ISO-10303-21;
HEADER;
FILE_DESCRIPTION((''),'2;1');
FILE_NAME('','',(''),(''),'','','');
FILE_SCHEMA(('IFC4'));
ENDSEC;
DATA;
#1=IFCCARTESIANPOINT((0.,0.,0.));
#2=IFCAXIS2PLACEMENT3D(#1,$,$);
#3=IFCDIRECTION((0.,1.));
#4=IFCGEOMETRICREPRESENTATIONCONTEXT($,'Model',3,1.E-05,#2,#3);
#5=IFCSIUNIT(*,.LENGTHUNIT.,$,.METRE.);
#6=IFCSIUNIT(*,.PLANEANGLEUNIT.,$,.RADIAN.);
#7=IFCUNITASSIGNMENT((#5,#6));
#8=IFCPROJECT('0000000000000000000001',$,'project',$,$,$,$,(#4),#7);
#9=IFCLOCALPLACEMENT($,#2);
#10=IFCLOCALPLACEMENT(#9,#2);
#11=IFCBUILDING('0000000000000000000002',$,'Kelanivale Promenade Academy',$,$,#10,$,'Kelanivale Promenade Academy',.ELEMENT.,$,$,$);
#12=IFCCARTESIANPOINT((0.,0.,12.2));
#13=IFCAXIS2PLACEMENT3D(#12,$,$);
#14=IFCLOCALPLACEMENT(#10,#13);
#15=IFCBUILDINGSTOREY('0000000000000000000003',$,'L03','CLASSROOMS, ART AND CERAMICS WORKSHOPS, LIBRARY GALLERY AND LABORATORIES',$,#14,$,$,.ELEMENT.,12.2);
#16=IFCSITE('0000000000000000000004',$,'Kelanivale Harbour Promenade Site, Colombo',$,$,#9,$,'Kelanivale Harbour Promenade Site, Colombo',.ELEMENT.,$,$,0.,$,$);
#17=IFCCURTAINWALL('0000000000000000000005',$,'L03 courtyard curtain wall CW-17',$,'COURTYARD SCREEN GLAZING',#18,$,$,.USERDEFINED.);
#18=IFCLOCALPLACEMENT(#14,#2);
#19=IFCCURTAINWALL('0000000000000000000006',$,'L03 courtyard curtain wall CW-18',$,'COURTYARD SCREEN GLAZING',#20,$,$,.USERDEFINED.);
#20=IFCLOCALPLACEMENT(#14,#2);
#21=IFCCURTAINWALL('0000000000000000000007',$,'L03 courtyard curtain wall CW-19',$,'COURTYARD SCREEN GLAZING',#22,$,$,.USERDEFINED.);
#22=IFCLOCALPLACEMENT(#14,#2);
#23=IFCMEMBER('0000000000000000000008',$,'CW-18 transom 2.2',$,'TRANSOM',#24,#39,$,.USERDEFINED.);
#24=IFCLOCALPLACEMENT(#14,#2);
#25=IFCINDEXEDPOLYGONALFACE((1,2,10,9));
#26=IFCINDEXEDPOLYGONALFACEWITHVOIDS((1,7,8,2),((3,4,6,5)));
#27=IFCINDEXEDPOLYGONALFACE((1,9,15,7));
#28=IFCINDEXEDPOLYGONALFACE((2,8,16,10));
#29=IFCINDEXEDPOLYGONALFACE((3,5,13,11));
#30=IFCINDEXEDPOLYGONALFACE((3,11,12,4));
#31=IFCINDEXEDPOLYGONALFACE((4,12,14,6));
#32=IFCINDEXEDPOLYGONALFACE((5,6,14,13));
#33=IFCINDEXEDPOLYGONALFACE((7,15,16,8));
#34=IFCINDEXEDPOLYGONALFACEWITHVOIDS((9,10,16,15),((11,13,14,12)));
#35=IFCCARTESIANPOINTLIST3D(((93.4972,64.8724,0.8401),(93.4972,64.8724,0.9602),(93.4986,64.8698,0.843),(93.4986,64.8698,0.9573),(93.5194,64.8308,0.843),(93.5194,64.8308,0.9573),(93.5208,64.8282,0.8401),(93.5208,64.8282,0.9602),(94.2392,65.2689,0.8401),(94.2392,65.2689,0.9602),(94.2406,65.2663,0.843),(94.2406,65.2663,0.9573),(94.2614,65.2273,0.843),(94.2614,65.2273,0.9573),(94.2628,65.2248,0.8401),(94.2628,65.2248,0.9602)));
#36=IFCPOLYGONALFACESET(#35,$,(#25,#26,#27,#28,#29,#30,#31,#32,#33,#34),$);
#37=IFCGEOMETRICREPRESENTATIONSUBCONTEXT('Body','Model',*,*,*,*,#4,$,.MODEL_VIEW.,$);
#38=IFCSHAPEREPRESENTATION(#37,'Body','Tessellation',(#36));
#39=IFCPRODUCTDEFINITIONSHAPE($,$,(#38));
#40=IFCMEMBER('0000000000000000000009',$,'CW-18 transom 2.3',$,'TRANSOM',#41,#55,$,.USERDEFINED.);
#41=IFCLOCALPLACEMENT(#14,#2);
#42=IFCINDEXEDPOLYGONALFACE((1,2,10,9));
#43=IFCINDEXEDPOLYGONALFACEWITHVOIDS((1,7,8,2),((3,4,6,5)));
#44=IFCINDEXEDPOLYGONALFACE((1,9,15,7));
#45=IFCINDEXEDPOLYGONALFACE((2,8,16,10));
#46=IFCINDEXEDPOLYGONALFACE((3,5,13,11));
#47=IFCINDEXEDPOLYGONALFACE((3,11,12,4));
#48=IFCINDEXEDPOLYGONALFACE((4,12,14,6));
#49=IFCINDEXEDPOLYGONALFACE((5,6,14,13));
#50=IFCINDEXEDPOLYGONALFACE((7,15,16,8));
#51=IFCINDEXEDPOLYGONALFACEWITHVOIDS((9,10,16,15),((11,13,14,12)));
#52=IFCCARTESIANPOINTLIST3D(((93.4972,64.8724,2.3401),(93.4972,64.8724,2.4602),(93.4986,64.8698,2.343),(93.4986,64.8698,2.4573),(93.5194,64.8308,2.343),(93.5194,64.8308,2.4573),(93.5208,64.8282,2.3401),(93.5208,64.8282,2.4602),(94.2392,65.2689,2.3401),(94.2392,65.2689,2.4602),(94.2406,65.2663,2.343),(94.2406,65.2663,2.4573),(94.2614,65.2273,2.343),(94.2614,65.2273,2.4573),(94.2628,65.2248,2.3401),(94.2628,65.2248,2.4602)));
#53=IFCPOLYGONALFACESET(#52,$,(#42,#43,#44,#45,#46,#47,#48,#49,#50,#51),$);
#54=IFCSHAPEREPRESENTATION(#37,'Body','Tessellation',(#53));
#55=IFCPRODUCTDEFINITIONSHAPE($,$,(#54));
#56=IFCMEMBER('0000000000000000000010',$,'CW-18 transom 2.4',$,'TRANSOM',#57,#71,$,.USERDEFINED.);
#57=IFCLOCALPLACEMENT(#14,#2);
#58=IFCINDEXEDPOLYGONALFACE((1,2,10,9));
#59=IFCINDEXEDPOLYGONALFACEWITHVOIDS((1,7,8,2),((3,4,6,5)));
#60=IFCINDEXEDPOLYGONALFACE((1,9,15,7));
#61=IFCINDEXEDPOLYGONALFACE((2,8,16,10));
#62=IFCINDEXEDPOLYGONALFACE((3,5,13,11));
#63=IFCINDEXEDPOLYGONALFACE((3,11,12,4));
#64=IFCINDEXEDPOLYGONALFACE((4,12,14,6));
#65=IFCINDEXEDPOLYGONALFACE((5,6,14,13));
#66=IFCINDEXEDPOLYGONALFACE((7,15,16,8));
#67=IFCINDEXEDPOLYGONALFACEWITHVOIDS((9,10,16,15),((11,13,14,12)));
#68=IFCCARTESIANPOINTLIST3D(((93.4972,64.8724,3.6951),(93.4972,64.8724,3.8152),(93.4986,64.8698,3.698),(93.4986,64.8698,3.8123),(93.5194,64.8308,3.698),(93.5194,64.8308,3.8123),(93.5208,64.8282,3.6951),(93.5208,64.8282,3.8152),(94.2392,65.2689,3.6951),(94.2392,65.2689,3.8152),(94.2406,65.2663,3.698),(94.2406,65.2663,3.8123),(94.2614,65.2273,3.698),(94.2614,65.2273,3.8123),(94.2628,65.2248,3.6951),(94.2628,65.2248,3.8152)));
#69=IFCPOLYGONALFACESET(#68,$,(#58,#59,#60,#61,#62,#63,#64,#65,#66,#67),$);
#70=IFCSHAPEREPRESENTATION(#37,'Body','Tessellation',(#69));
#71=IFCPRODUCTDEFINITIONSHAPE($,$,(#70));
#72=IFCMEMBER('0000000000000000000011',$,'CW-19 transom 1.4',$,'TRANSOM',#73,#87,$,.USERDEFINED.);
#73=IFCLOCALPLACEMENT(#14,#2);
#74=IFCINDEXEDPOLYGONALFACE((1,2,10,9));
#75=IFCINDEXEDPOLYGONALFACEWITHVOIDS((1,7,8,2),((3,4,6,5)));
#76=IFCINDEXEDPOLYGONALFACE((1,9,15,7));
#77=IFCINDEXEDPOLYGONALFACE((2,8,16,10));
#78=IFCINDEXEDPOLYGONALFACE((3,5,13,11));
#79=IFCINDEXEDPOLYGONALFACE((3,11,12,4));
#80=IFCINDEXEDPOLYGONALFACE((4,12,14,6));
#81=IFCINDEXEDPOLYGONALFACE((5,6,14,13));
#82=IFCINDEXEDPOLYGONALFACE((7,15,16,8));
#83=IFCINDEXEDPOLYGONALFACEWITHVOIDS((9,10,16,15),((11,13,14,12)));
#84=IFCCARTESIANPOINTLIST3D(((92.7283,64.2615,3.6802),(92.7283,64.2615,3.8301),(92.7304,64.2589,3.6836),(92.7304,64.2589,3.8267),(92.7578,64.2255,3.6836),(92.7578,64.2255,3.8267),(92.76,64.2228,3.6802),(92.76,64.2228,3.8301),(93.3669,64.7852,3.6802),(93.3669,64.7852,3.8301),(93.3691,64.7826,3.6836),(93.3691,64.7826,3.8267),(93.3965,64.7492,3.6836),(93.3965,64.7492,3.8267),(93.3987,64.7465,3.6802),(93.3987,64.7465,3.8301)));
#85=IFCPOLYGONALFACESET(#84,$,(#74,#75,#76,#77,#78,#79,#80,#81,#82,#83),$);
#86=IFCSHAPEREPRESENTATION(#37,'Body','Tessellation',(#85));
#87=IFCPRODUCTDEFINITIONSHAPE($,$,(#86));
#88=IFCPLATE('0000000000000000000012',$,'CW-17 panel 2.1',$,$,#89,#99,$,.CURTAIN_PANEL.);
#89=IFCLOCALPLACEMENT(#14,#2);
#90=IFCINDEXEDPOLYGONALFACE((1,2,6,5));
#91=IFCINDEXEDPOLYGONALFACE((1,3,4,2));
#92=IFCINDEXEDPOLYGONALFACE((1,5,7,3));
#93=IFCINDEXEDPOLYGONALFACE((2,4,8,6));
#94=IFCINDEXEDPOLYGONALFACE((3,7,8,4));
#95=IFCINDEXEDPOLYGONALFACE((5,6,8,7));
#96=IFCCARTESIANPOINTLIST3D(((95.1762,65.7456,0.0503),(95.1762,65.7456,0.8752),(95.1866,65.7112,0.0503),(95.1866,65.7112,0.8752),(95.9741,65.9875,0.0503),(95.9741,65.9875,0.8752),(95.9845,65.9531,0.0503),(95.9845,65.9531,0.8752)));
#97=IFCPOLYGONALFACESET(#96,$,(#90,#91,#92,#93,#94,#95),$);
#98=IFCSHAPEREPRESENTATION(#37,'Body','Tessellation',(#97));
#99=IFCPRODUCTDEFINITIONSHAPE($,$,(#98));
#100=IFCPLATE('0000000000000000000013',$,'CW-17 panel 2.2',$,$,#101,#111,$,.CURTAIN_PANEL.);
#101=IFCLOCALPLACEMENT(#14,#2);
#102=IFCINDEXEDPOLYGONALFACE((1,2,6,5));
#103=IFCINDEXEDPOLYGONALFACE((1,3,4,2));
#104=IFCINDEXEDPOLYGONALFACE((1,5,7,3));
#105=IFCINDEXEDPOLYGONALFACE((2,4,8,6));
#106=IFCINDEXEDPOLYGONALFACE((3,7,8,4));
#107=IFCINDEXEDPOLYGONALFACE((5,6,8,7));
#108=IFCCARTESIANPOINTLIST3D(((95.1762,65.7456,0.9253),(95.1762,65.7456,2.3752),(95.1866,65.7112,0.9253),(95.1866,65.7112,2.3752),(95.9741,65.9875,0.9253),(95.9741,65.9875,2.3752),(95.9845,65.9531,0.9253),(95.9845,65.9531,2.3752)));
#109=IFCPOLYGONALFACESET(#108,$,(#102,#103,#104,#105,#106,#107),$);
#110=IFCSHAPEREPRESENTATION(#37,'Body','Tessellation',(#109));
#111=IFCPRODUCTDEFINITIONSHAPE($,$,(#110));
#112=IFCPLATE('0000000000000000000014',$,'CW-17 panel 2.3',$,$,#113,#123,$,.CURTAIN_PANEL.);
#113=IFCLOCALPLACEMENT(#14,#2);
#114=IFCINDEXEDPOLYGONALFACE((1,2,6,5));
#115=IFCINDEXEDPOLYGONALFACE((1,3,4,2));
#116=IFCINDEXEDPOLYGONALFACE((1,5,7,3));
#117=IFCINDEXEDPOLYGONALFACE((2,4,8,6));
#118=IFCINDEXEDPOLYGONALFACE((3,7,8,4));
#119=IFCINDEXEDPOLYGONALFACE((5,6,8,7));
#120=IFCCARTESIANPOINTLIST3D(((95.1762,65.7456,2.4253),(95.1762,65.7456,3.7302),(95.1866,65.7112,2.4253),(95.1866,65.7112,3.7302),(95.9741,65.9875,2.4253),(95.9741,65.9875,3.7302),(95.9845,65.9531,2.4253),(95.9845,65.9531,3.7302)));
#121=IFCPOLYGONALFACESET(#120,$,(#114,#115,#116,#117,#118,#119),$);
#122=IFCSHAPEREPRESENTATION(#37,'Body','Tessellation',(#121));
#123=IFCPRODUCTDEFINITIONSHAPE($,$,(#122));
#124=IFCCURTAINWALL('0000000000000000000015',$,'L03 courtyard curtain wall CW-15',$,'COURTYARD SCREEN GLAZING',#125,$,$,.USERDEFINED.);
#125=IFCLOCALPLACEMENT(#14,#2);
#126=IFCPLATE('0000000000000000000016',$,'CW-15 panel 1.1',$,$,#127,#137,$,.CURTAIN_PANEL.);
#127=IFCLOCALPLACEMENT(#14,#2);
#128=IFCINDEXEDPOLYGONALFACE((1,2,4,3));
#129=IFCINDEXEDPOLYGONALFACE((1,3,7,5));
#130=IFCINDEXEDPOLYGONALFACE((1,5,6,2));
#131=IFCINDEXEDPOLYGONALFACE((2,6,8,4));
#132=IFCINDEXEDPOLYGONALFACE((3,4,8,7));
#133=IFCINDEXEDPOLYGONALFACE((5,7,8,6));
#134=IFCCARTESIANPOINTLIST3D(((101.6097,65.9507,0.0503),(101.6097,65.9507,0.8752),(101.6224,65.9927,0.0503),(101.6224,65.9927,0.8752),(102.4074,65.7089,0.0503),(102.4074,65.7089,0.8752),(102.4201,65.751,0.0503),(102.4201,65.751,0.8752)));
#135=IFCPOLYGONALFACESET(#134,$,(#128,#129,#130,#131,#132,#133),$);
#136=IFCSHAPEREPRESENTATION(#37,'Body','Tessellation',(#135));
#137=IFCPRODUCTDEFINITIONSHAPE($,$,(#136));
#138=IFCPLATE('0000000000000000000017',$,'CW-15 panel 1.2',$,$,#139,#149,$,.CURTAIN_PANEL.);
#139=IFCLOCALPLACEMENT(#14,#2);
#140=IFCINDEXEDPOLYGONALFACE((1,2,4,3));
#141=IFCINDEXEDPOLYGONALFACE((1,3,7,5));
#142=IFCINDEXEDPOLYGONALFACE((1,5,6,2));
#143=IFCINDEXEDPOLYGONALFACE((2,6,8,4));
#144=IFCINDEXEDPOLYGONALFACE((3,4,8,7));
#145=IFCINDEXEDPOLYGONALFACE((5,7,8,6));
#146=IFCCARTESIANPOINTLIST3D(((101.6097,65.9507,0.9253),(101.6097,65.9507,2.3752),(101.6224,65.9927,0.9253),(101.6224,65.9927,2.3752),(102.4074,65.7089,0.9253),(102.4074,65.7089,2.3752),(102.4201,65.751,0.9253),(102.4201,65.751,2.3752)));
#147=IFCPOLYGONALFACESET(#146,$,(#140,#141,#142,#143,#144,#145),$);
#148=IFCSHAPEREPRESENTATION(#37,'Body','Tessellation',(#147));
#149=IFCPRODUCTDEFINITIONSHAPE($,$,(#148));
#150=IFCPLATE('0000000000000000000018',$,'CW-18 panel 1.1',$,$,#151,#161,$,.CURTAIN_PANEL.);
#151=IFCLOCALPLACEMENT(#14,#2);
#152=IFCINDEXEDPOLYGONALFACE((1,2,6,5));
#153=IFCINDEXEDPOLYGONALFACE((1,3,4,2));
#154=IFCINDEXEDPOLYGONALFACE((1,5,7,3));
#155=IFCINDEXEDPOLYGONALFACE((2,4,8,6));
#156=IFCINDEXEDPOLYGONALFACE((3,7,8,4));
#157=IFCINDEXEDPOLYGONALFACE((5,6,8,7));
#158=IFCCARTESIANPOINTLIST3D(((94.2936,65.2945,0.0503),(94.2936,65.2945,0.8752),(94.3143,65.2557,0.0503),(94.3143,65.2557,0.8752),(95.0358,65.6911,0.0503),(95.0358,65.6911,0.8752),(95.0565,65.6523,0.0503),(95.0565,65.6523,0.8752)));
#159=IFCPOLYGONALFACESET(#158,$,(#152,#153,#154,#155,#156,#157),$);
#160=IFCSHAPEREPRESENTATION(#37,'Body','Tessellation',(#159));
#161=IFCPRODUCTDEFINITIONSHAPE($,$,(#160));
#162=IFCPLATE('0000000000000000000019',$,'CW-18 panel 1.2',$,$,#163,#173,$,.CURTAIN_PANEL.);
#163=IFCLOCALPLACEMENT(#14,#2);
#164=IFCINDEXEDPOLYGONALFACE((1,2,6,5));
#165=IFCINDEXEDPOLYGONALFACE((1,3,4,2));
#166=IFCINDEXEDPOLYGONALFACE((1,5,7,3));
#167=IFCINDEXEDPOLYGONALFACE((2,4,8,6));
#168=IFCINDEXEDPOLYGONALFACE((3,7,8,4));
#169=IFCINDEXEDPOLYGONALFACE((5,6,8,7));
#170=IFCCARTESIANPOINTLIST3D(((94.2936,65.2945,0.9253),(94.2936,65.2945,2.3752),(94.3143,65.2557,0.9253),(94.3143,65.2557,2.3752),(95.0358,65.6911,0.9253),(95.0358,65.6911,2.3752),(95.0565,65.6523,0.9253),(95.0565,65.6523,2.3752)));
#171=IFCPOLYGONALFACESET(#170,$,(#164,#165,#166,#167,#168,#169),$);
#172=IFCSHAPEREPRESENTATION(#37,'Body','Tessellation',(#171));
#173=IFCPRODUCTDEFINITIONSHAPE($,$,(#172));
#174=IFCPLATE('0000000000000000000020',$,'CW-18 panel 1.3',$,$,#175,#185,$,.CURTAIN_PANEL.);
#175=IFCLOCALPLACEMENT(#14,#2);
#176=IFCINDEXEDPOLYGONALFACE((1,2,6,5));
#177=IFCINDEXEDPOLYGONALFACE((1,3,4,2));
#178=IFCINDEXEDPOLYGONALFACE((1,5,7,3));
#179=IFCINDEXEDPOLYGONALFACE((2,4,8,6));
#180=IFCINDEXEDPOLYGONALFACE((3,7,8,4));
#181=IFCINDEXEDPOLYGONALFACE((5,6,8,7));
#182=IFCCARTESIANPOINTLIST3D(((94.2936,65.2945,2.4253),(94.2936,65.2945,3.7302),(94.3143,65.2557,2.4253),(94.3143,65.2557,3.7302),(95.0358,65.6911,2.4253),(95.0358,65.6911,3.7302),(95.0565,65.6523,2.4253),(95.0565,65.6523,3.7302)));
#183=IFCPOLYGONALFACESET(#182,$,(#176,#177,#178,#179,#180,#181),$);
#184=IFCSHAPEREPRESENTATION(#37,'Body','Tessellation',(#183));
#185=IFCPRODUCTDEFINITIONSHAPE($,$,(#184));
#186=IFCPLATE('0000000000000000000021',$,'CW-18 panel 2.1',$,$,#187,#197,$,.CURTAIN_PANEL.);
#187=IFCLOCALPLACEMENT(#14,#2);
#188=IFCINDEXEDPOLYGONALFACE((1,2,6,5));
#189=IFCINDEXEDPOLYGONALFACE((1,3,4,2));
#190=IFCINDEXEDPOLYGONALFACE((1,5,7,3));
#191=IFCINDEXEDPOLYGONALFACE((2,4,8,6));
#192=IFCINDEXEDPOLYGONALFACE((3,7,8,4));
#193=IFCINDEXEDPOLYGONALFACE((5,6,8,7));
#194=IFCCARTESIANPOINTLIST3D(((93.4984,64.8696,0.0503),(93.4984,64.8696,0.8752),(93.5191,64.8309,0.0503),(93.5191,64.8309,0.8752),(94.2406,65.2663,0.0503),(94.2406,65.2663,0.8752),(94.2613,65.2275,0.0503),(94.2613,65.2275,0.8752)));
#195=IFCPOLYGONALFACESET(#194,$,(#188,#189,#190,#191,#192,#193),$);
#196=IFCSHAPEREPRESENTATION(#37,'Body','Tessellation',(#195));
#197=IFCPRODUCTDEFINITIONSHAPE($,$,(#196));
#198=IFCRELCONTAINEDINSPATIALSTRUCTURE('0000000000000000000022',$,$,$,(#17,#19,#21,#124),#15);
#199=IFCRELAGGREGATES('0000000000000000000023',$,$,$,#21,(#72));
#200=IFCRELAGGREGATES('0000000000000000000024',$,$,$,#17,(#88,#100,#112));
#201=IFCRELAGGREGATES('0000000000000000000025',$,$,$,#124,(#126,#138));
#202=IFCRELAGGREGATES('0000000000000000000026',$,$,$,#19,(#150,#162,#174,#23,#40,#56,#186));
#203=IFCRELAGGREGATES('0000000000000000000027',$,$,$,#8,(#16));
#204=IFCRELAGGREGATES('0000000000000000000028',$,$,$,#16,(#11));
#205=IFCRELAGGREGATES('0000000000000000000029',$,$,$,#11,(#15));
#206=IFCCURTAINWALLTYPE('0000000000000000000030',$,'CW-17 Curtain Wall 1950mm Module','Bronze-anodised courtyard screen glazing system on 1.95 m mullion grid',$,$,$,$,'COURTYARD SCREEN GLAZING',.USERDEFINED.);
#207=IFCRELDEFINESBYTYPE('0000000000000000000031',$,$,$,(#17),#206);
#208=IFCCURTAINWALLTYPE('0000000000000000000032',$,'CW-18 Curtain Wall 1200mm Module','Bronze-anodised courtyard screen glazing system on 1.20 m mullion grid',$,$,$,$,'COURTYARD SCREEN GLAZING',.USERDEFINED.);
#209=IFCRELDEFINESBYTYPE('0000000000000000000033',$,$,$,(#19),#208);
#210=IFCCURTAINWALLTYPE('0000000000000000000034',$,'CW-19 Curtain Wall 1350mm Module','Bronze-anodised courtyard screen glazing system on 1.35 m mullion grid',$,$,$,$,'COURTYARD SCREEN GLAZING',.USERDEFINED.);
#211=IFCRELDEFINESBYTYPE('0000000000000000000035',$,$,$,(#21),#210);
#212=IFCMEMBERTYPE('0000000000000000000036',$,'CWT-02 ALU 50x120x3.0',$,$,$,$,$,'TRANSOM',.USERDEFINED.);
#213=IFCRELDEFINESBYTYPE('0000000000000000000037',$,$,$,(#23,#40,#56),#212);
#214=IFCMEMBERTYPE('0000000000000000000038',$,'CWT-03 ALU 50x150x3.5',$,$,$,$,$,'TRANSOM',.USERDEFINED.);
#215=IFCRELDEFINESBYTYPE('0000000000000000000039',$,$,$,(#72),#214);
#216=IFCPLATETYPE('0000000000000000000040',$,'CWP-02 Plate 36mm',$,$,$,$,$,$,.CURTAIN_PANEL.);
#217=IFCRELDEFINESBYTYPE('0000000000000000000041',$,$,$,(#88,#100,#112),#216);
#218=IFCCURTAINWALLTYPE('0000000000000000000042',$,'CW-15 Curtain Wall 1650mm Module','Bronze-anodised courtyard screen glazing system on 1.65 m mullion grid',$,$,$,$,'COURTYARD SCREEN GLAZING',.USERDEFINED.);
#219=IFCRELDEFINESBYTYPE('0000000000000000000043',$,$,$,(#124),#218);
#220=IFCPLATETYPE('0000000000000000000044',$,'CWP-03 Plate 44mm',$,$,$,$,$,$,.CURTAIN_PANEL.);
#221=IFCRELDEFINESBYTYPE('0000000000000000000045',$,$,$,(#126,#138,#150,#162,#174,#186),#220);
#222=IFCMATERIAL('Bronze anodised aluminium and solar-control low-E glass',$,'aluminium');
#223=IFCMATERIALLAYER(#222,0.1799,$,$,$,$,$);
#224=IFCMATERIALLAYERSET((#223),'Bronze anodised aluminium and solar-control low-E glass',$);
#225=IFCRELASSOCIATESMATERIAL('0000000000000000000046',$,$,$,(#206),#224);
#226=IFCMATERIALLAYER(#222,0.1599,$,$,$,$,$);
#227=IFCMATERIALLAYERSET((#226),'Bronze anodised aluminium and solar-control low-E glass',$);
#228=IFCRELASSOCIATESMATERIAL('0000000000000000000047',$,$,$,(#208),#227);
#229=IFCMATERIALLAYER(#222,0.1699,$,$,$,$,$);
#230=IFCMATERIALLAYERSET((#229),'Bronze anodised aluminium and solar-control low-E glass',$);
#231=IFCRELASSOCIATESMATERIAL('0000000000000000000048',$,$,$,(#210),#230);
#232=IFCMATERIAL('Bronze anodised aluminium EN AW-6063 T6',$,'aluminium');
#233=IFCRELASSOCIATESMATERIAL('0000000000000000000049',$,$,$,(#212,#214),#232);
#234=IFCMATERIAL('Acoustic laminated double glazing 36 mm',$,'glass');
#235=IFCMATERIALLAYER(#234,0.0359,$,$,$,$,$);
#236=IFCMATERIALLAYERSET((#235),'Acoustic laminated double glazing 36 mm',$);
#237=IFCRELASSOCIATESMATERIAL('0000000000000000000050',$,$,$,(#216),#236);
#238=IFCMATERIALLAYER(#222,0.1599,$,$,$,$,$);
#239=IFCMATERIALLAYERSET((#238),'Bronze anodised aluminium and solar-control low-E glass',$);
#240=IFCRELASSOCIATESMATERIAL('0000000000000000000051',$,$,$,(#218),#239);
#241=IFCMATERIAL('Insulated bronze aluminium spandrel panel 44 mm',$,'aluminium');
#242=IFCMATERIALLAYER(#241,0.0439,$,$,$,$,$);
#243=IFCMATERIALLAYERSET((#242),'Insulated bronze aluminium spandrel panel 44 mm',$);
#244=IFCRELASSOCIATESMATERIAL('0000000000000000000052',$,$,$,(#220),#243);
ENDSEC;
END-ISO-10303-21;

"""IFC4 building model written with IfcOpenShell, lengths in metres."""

from ifc_helpers import new_model, si_unit, direction, frame, origin, origin_2d, place, context, subcontext, project, spatial, rectangle, hollow_rectangle, extrude, material, layer, layer_set, material_profile, profile_set, type_object, element, aggregate, save


model = new_model("IFC4")

# Units and contexts
model_context = context("Model", 3, precision=1e-05, world=origin(), true_north=direction((0.0, 1.0)))
body_context = subcontext(model_context, "Body", "Model", "MODEL_VIEW")
ifc_project = project(units=[si_unit("LENGTHUNIT", "METRE"), si_unit("PLANEANGLEUNIT", "RADIAN")], contexts=[model_context])

# Site, building, storey
site_placement = place(None, origin())
site = spatial("IfcSite", under=ifc_project, at=site_placement, Name="Kelanivale Harbour Promenade Site, Colombo", LongName="Kelanivale Harbour Promenade Site, Colombo", CompositionType="ELEMENT", RefElevation=0.0)
building_placement = place(site_placement, origin())
building = spatial("IfcBuilding", under=site, at=building_placement, Name="Kelanivale Promenade Academy", LongName="Kelanivale Promenade Academy", CompositionType="ELEMENT")
storey_placement = place(building_placement, frame((0.0, 0.0, 12.2)))
storey = spatial("IfcBuildingStorey", under=building, at=storey_placement, Name="L03", Description="CLASSROOMS, ART AND CERAMICS WORKSHOPS, LIBRARY GALLERY AND LABORATORIES", CompositionType="ELEMENT", Elevation=12.2)

# Curtain wall
ifc_material_1 = material(Name="Bronze anodised aluminium and solar-control low-E glass", Category="aluminium")
ifc_layer_1 = layer(ifc_material_1, 0.1799)
ifc_layer_set_1 = layer_set([ifc_layer_1], Name="Bronze anodised aluminium and solar-control low-E glass")
curtain_wall_type_1 = type_object("IfcCurtainWallType", Name="CW-17 Curtain Wall 1950mm Module", Description="Bronze-anodised courtyard screen glazing system on 1.95 m mullion grid", ElementType="COURTYARD SCREEN GLAZING", PredefinedType="USERDEFINED", material=ifc_layer_set_1)
curtain_wall_1_placement = place(storey_placement, origin())
curtain_wall_1 = element("IfcCurtainWall", 1, at=curtain_wall_1_placement, inside=storey, type_object=curtain_wall_type_1, Name="L03 courtyard curtain wall CW-17", ObjectType="COURTYARD SCREEN GLAZING", PredefinedType="USERDEFINED")
ifc_material_2 = material(Name="Bronze anodised aluminium EN AW-6063 T6", Category="aluminium")

# Curtain wall
ifc_layer_2 = layer(ifc_material_1, 0.1599)
ifc_layer_set_2 = layer_set([ifc_layer_2], Name="Bronze anodised aluminium and solar-control low-E glass")
curtain_wall_type_2 = type_object("IfcCurtainWallType", Name="CW-18 Curtain Wall 1200mm Module", Description="Bronze-anodised courtyard screen glazing system on 1.20 m mullion grid", ElementType="COURTYARD SCREEN GLAZING", PredefinedType="USERDEFINED", material=ifc_layer_set_2)
curtain_wall_2_placement = place(storey_placement, origin())
curtain_wall_2 = element("IfcCurtainWall", 2, at=curtain_wall_2_placement, inside=storey, type_object=curtain_wall_type_2, Name="L03 courtyard curtain wall CW-18", ObjectType="COURTYARD SCREEN GLAZING", PredefinedType="USERDEFINED")

# Curtain wall
ifc_layer_3 = layer(ifc_material_1, 0.1699)
ifc_layer_set_3 = layer_set([ifc_layer_3], Name="Bronze anodised aluminium and solar-control low-E glass")
curtain_wall_type_3 = type_object("IfcCurtainWallType", Name="CW-19 Curtain Wall 1350mm Module", Description="Bronze-anodised courtyard screen glazing system on 1.35 m mullion grid", ElementType="COURTYARD SCREEN GLAZING", PredefinedType="USERDEFINED", material=ifc_layer_set_3)
curtain_wall_3_placement = place(storey_placement, origin())
curtain_wall_3 = element("IfcCurtainWall", 3, at=curtain_wall_3_placement, inside=storey, type_object=curtain_wall_type_3, Name="L03 courtyard curtain wall CW-19", ObjectType="COURTYARD SCREEN GLAZING", PredefinedType="USERDEFINED")

# Members
ifc_material_profile_1 = material_profile(ifc_material_2, hollow_rectangle(XDim=0.05, YDim=0.1201, WallThickness=0.0029, at=origin_2d()), Name="ALU 50x120x3.0")
ifc_profile_set_1 = profile_set([ifc_material_profile_1], Name="Bronze anodised aluminium EN AW-6063 T6")
member_type_1 = type_object("IfcMemberType", Name="CWT-02 ALU 50x120x3.0", ElementType="TRANSOM", PredefinedType="USERDEFINED", material=ifc_profile_set_1)
member_1_placement = place(storey_placement, frame((94.251, 65.2468, 0.9001), z_axis=(-0.881967, -0.471311, 0.0), x_axis=(0.471311, -0.881967, 0.0)))
member_1 = element("IfcMember", 4, at=member_1_placement, type_object=member_type_1, Name="CW-18 transom 2.2", ObjectType="TRANSOM", PredefinedType="USERDEFINED", context=body_context, shape_type="SweptSolid", body=[
    extrude(hollow_rectangle(XDim=0.05, YDim=0.1201, WallThickness=0.0029, at=origin_2d()), origin(), (0.0, 0.0, 1.0), 0.8413),
])
member_2_placement = place(storey_placement, frame((94.251, 65.2468, 2.4001), z_axis=(-0.881967, -0.471311, 0.0), x_axis=(0.471311, -0.881967, 0.0)))
member_2 = element("IfcMember", 5, at=member_2_placement, type_object=member_type_1, Name="CW-18 transom 2.3", ObjectType="TRANSOM", PredefinedType="USERDEFINED", context=body_context, shape_type="SweptSolid", body=[
    extrude(hollow_rectangle(XDim=0.05, YDim=0.1201, WallThickness=0.0029, at=origin_2d()), origin(), (0.0, 0.0, 1.0), 0.8413),
])
member_3_placement = place(storey_placement, frame((94.251, 65.2468, 3.7551), z_axis=(-0.881967, -0.471311, 0.0), x_axis=(0.471311, -0.881967, 0.0)))
member_3 = element("IfcMember", 6, at=member_3_placement, type_object=member_type_1, Name="CW-18 transom 2.4", ObjectType="TRANSOM", PredefinedType="USERDEFINED", context=body_context, shape_type="SweptSolid", body=[
    extrude(hollow_rectangle(XDim=0.05, YDim=0.1201, WallThickness=0.0029, at=origin_2d()), origin(), (0.0, 0.0, 1.0), 0.8413),
])
ifc_material_profile_2 = material_profile(ifc_material_2, hollow_rectangle(XDim=0.05, YDim=0.1499, WallThickness=0.0034, at=origin_2d()), Name="ALU 50x150x3.5")
ifc_profile_set_2 = profile_set([ifc_material_profile_2], Name="Bronze anodised aluminium EN AW-6063 T6")
member_type_2 = type_object("IfcMemberType", Name="CWT-03 ALU 50x150x3.5", ElementType="TRANSOM", PredefinedType="USERDEFINED", material=ifc_profile_set_2)
member_4_placement = place(storey_placement, frame((93.3828, 64.7659, 3.7551), z_axis=(-0.773285, -0.634058, 0.0), x_axis=(0.634058, -0.773285, 0.0)))
member_4 = element("IfcMember", 7, at=member_4_placement, type_object=member_type_2, Name="CW-19 transom 1.4", ObjectType="TRANSOM", PredefinedType="USERDEFINED", context=body_context, shape_type="SweptSolid", body=[
    extrude(hollow_rectangle(XDim=0.05, YDim=0.1499, WallThickness=0.0034, at=origin_2d()), origin(), (0.0, 0.0, 1.0), 0.8259),
])
aggregate(curtain_wall_3, [member_4])

# Plates
ifc_material_3 = material(Name="Acoustic laminated double glazing 36 mm", Category="glass")
ifc_layer_4 = layer(ifc_material_3, 0.0359)
ifc_layer_set_4 = layer_set([ifc_layer_4], Name="Acoustic laminated double glazing 36 mm")
plate_type_1 = type_object("IfcPlateType", Name="CWP-02 Plate 36mm", PredefinedType="CURTAIN_PANEL", material=ifc_layer_set_4)
plate_1_placement = place(storey_placement, frame((95.5803, 65.8494, 0.0503), z_axis=(0.0, 0.0, 1.0), x_axis=(-0.956988, -0.290128, 0.0)))
plate_1 = element("IfcPlate", 8, at=plate_1_placement, type_object=plate_type_1, Name="CW-17 panel 2.1", PredefinedType="CURTAIN_PANEL", context=body_context, shape_type="SweptSolid", body=[
    extrude(rectangle(XDim=0.8337, YDim=0.0359, at=origin_2d()), origin(), (0.0, 0.0, 1.0), 0.825),
])
plate_2_placement = place(storey_placement, frame((95.5803, 65.8494, 0.9253), z_axis=(0.0, 0.0, 1.0), x_axis=(-0.956988, -0.290128, 0.0)))
plate_2 = element("IfcPlate", 9, at=plate_2_placement, type_object=plate_type_1, Name="CW-17 panel 2.2", PredefinedType="CURTAIN_PANEL", context=body_context, shape_type="SweptSolid", body=[
    extrude(rectangle(XDim=0.8337, YDim=0.0359, at=origin_2d()), origin(), (0.0, 0.0, 1.0), 1.45),
])
plate_3_placement = place(storey_placement, frame((95.5803, 65.8494, 2.4253), z_axis=(0.0, 0.0, 1.0), x_axis=(-0.956988, -0.290128, 0.0)))
plate_3 = element("IfcPlate", 10, at=plate_3_placement, type_object=plate_type_1, Name="CW-17 panel 2.3", PredefinedType="CURTAIN_PANEL", context=body_context, shape_type="SweptSolid", body=[
    extrude(rectangle(XDim=0.8337, YDim=0.0359, at=origin_2d()), origin(), (0.0, 0.0, 1.0), 1.3049),
])
aggregate(curtain_wall_1, [plate_1, plate_2, plate_3])

# Curtain wall, plates
ifc_layer_5 = layer(ifc_material_1, 0.1599)
ifc_layer_set_5 = layer_set([ifc_layer_5], Name="Bronze anodised aluminium and solar-control low-E glass")
curtain_wall_type_4 = type_object("IfcCurtainWallType", Name="CW-15 Curtain Wall 1650mm Module", Description="Bronze-anodised courtyard screen glazing system on 1.65 m mullion grid", ElementType="COURTYARD SCREEN GLAZING", PredefinedType="USERDEFINED", material=ifc_layer_set_5)
curtain_wall_4_placement = place(storey_placement, origin())
curtain_wall_4 = element("IfcCurtainWall", 11, at=curtain_wall_4_placement, inside=storey, type_object=curtain_wall_type_4, Name="L03 courtyard curtain wall CW-15", ObjectType="COURTYARD SCREEN GLAZING", PredefinedType="USERDEFINED")
ifc_material_4 = material(Name="Insulated bronze aluminium spandrel panel 44 mm", Category="aluminium")
ifc_layer_6 = layer(ifc_material_4, 0.0439)
ifc_layer_set_6 = layer_set([ifc_layer_6], Name="Insulated bronze aluminium spandrel panel 44 mm")
plate_type_2 = type_object("IfcPlateType", Name="CWP-03 Plate 44mm", PredefinedType="CURTAIN_PANEL", material=ifc_layer_set_6)
plate_4_placement = place(storey_placement, frame((102.0149, 65.8508, 0.0503), z_axis=(0.0, 0.0, 1.0), x_axis=(-0.957024, 0.290007, 0.0)))
plate_4 = element("IfcPlate", 12, at=plate_4_placement, type_object=plate_type_2, Name="CW-15 panel 1.1", PredefinedType="CURTAIN_PANEL", context=body_context, shape_type="SweptSolid", body=[
    extrude(rectangle(XDim=0.8335, YDim=0.0439, at=origin_2d()), origin(), (0.0, 0.0, 1.0), 0.825),
])
plate_5_placement = place(storey_placement, frame((102.0149, 65.8508, 0.9253), z_axis=(0.0, 0.0, 1.0), x_axis=(-0.957024, 0.290007, 0.0)))
plate_5 = element("IfcPlate", 13, at=plate_5_placement, type_object=plate_type_2, Name="CW-15 panel 1.2", PredefinedType="CURTAIN_PANEL", context=body_context, shape_type="SweptSolid", body=[
    extrude(rectangle(XDim=0.8335, YDim=0.0439, at=origin_2d()), origin(), (0.0, 0.0, 1.0), 1.45),
])
aggregate(curtain_wall_4, [plate_4, plate_5])

# Plates
plate_6_placement = place(storey_placement, frame((94.675, 65.4734, 0.0503), z_axis=(0.0, 0.0, 1.0), x_axis=(-0.881966, -0.471312, 0.0)))
plate_6 = element("IfcPlate", 14, at=plate_6_placement, type_object=plate_type_2, Name="CW-18 panel 1.1", PredefinedType="CURTAIN_PANEL", context=body_context, shape_type="SweptSolid", body=[
    extrude(rectangle(XDim=0.8416, YDim=0.0439, at=origin_2d()), origin(), (0.0, 0.0, 1.0), 0.825),
])
plate_7_placement = place(storey_placement, frame((94.675, 65.4734, 0.9253), z_axis=(0.0, 0.0, 1.0), x_axis=(-0.881966, -0.471312, 0.0)))
plate_7 = element("IfcPlate", 15, at=plate_7_placement, type_object=plate_type_2, Name="CW-18 panel 1.2", PredefinedType="CURTAIN_PANEL", context=body_context, shape_type="SweptSolid", body=[
    extrude(rectangle(XDim=0.8416, YDim=0.0439, at=origin_2d()), origin(), (0.0, 0.0, 1.0), 1.45),
])
plate_8_placement = place(storey_placement, frame((94.675, 65.4734, 2.4253), z_axis=(0.0, 0.0, 1.0), x_axis=(-0.881966, -0.471312, 0.0)))
plate_8 = element("IfcPlate", 16, at=plate_8_placement, type_object=plate_type_2, Name="CW-18 panel 1.3", PredefinedType="CURTAIN_PANEL", context=body_context, shape_type="SweptSolid", body=[
    extrude(rectangle(XDim=0.8416, YDim=0.0439, at=origin_2d()), origin(), (0.0, 0.0, 1.0), 1.3049),
])
plate_9_placement = place(storey_placement, frame((93.8799, 65.0486, 0.0503), z_axis=(0.0, 0.0, 1.0), x_axis=(-0.881966, -0.471312, 0.0)))
plate_9 = element("IfcPlate", 17, at=plate_9_placement, type_object=plate_type_2, Name="CW-18 panel 2.1", PredefinedType="CURTAIN_PANEL", context=body_context, shape_type="SweptSolid", body=[
    extrude(rectangle(XDim=0.8416, YDim=0.0439, at=origin_2d()), origin(), (0.0, 0.0, 1.0), 0.825),
])
aggregate(curtain_wall_2, [plate_6, plate_7, plate_8, member_1, member_2, member_3, plate_9])

save(model, "model.ifc")
